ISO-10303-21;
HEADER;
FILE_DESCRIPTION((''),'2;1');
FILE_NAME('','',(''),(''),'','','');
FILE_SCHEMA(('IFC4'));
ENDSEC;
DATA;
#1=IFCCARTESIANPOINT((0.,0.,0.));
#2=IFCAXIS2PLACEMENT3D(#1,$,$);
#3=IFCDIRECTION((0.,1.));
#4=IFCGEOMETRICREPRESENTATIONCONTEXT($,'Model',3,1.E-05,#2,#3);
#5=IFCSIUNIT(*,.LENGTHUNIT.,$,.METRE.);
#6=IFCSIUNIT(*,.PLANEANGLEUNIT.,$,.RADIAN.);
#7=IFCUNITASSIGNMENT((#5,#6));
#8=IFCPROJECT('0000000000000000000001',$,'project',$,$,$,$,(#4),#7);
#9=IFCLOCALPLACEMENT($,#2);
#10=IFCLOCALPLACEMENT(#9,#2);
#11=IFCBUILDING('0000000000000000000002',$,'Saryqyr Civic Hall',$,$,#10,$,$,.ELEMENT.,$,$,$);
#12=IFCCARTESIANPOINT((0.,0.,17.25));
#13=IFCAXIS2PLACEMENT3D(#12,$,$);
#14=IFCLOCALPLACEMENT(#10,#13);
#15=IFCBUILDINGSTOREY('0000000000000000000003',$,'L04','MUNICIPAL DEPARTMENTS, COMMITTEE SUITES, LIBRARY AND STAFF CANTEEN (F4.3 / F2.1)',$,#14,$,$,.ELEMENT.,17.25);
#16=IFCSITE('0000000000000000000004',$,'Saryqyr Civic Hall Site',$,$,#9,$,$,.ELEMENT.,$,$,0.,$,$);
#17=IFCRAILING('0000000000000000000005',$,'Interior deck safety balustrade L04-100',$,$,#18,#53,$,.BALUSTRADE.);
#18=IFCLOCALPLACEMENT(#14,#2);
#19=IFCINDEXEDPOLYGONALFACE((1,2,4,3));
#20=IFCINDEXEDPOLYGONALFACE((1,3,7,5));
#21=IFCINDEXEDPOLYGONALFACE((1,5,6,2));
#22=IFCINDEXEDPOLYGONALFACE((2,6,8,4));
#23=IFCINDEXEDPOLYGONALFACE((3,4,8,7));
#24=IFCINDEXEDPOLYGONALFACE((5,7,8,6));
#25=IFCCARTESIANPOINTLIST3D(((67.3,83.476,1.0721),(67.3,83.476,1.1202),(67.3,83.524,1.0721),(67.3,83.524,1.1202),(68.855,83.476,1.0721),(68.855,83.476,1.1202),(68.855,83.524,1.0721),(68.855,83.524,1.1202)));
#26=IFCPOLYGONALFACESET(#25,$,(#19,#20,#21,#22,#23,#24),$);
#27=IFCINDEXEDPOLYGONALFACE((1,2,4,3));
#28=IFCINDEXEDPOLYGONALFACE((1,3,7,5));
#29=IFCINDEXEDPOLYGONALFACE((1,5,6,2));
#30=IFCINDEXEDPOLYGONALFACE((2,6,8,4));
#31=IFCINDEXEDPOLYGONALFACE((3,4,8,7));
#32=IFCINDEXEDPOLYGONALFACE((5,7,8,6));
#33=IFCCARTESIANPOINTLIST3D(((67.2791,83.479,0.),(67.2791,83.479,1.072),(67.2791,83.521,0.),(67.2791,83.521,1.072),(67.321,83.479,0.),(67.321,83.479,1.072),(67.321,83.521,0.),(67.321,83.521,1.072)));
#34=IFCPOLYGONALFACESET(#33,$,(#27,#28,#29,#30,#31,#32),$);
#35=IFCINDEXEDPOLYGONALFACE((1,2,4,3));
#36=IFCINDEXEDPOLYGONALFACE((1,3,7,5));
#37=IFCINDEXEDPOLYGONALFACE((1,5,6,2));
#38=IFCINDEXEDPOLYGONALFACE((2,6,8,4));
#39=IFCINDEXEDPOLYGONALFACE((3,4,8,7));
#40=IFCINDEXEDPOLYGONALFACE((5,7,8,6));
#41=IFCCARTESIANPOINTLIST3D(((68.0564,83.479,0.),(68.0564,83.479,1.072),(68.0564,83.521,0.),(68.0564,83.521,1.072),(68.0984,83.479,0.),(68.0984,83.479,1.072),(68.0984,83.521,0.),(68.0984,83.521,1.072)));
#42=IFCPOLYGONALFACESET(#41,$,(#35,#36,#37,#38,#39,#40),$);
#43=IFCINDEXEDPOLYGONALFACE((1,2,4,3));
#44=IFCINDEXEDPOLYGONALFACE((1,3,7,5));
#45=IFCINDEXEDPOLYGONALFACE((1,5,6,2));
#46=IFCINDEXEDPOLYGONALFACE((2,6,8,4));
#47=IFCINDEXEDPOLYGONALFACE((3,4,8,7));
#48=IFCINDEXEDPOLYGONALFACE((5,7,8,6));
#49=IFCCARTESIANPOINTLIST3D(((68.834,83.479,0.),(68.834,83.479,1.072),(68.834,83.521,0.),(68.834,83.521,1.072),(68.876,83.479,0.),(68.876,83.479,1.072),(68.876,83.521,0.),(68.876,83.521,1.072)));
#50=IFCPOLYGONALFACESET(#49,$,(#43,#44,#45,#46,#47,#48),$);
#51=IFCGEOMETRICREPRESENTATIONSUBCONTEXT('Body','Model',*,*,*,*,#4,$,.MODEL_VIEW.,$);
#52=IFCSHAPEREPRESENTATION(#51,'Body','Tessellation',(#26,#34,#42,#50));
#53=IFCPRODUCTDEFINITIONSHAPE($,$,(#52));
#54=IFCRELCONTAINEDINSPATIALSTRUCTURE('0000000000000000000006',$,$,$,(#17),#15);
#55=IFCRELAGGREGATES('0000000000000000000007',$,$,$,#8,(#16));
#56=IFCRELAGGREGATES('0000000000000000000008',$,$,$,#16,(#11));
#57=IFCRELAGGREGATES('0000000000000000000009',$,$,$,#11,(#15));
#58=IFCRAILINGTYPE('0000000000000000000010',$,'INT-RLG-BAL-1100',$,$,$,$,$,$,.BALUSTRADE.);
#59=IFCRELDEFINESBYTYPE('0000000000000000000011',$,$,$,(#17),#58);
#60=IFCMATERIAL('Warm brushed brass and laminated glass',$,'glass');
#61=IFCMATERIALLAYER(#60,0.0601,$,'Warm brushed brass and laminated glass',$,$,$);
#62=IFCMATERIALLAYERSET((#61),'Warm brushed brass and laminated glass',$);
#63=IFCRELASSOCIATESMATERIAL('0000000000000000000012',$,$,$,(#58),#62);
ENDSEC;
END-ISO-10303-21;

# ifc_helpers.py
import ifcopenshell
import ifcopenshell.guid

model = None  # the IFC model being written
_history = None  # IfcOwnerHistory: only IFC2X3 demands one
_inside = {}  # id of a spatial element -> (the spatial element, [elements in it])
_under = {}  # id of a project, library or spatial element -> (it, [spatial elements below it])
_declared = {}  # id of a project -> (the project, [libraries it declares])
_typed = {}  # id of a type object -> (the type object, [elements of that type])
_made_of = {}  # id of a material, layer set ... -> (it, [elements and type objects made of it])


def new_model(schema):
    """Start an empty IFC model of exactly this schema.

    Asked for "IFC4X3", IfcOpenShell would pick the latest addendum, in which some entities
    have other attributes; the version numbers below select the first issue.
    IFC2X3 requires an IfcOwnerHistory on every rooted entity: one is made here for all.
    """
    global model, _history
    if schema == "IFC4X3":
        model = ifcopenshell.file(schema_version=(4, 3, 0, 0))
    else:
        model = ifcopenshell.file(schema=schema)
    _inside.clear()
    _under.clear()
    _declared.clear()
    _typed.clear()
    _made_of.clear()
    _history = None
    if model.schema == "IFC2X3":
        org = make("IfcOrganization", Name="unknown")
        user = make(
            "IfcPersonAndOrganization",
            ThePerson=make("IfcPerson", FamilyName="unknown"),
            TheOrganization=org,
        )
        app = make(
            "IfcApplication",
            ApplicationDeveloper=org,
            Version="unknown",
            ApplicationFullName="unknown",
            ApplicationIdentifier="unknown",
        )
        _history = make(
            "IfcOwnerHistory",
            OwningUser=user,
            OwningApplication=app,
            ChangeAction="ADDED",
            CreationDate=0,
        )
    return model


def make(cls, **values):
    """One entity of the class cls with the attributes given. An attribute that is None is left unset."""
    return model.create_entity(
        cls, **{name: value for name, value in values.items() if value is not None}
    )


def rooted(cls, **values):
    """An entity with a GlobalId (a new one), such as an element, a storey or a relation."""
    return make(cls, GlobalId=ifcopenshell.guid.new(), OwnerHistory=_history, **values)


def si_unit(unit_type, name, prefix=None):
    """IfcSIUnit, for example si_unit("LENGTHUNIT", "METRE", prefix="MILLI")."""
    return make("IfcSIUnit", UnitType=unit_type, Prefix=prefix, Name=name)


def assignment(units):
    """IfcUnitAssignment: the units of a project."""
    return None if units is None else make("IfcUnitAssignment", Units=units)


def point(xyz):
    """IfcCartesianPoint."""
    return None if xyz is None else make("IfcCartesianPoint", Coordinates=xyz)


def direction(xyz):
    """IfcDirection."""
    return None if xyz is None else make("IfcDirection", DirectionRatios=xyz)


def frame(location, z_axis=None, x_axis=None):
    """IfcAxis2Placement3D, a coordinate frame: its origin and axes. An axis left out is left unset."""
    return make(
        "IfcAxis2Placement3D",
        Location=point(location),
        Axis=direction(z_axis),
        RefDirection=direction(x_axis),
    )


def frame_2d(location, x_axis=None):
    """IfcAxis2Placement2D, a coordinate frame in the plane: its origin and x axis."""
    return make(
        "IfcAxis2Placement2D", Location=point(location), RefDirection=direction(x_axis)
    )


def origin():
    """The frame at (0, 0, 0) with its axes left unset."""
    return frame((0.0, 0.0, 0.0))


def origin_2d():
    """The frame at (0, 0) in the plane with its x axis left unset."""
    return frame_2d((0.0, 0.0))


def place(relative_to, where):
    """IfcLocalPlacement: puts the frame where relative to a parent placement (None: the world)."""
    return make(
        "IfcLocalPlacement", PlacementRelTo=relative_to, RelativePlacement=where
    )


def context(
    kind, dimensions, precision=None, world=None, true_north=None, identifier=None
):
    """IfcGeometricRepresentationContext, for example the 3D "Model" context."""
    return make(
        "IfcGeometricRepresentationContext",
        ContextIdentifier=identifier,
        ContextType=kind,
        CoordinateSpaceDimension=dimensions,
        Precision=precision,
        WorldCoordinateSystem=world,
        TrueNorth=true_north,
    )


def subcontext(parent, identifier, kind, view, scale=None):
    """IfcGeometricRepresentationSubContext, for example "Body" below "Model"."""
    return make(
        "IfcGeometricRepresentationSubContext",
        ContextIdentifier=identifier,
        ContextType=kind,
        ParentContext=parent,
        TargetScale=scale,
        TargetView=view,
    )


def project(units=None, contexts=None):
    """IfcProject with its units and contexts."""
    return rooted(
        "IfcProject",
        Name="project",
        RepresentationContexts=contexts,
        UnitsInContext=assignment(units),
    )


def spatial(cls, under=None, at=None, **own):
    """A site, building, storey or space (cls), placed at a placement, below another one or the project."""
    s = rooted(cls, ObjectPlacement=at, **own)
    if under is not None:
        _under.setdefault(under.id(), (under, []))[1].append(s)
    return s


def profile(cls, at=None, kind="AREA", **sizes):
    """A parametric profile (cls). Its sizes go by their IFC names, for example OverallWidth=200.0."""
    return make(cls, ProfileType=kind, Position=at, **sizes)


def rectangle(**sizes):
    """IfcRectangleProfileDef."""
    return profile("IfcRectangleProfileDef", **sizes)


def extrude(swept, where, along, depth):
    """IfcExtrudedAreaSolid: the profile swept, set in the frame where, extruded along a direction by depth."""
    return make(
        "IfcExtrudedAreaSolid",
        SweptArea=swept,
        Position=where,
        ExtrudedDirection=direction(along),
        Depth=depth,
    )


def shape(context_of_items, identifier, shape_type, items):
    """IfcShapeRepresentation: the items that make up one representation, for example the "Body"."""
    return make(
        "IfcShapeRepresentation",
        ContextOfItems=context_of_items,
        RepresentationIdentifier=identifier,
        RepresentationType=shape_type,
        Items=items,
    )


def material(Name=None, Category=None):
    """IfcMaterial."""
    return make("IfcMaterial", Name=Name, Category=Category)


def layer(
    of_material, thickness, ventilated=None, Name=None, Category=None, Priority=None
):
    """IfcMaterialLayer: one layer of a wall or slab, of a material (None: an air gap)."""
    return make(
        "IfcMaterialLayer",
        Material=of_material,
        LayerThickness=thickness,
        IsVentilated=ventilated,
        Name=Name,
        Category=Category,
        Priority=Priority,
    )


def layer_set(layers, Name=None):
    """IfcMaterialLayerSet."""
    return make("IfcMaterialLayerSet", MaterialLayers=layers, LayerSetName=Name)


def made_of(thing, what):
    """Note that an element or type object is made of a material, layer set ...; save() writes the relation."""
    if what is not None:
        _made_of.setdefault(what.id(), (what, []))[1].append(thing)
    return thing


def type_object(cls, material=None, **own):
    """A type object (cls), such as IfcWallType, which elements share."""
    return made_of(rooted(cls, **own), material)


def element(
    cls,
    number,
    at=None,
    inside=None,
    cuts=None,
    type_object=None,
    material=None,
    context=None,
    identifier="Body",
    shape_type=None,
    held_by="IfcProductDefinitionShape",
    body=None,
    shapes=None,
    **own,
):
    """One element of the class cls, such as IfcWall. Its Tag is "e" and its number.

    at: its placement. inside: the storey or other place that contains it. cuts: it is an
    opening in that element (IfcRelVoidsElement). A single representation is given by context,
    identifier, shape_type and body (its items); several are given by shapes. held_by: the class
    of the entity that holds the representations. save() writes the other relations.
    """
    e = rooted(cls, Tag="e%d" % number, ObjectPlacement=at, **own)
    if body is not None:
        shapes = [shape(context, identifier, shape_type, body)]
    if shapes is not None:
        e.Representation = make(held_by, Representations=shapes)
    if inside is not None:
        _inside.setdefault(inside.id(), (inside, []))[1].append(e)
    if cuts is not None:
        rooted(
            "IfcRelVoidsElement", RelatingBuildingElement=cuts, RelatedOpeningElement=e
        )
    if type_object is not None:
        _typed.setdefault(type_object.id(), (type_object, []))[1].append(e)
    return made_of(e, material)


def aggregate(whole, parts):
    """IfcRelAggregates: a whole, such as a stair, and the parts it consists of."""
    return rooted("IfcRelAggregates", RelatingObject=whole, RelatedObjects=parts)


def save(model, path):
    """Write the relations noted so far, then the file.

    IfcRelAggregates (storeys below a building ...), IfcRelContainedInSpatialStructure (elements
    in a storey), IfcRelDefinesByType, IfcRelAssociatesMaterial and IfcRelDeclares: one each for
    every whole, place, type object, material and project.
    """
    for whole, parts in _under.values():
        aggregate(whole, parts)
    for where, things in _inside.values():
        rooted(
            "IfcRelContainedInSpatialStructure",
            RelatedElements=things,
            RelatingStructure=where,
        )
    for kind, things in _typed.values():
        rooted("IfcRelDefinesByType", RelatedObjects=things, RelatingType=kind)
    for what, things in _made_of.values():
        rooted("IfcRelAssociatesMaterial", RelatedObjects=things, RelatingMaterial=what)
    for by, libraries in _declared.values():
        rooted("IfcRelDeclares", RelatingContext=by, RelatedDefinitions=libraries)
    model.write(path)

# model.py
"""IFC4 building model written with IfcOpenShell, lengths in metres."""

from ifc_helpers import new_model, si_unit, direction, frame, origin, origin_2d, place, context, subcontext, project, spatial, rectangle, extrude, material, layer, layer_set, type_object, element, save


model = new_model("IFC4")

# Units and contexts
model_context = context("Model", 3, precision=1e-05, world=origin(), true_north=direction((0.0, 1.0)))
body_context = subcontext(model_context, "Body", "Model", "MODEL_VIEW")
ifc_project = project(units=[si_unit("LENGTHUNIT", "METRE"), si_unit("PLANEANGLEUNIT", "RADIAN")], contexts=[model_context])

# Site, building, storey
site_placement = place(None, origin())
site = spatial("IfcSite", under=ifc_project, at=site_placement, Name="Saryqyr Civic Hall Site", CompositionType="ELEMENT", RefElevation=0.0)
building_placement = place(site_placement, origin())
building = spatial("IfcBuilding", under=site, at=building_placement, Name="Saryqyr Civic Hall", CompositionType="ELEMENT")
storey_placement = place(building_placement, frame((0.0, 0.0, 17.25)))
storey = spatial("IfcBuildingStorey", under=building, at=storey_placement, Name="L04", Description="MUNICIPAL DEPARTMENTS, COMMITTEE SUITES, LIBRARY AND STAFF CANTEEN (F4.3 / F2.1)", CompositionType="ELEMENT", Elevation=17.25)

# Railing
ifc_material_1 = material(Name="Warm brushed brass and laminated glass", Category="glass")
ifc_layer_1 = layer(ifc_material_1, 0.0601, Name="Warm brushed brass and laminated glass")
ifc_layer_set_1 = layer_set([ifc_layer_1], Name="Warm brushed brass and laminated glass")
railing_type = type_object("IfcRailingType", Name="INT-RLG-BAL-1100", PredefinedType="BALUSTRADE", material=ifc_layer_set_1)
railing_1_placement = place(storey_placement, frame((67.3, 83.5, 0.0)))
element("IfcRailing", 1, at=railing_1_placement, inside=storey, type_object=railing_type, Name="Interior deck safety balustrade L04-100", PredefinedType="BALUSTRADE", context=body_context, shape_type="SweptSolid", body=[
    extrude(rectangle(XDim=0.0481, YDim=0.0481, at=origin_2d()), frame((0.0, 0.0, 1.0962), z_axis=(1.0, 0.0, 0.0), x_axis=(0.0, 1.0, 0.0)), (0.0, 0.0, 1.0), 1.5549),
    extrude(rectangle(XDim=0.042, YDim=0.042, at=origin_2d()), origin(), (0.0, 0.0, 1.0), 1.072),
    extrude(rectangle(XDim=0.042, YDim=0.042, at=origin_2d()), frame((0.7773, 0.0, 0.0)), (0.0, 0.0, 1.0), 1.072),
    extrude(rectangle(XDim=0.042, YDim=0.042, at=origin_2d()), frame((1.5549, 0.0, 0.0)), (0.0, 0.0, 1.0), 1.072),
])

save(model, "model.ifc")
